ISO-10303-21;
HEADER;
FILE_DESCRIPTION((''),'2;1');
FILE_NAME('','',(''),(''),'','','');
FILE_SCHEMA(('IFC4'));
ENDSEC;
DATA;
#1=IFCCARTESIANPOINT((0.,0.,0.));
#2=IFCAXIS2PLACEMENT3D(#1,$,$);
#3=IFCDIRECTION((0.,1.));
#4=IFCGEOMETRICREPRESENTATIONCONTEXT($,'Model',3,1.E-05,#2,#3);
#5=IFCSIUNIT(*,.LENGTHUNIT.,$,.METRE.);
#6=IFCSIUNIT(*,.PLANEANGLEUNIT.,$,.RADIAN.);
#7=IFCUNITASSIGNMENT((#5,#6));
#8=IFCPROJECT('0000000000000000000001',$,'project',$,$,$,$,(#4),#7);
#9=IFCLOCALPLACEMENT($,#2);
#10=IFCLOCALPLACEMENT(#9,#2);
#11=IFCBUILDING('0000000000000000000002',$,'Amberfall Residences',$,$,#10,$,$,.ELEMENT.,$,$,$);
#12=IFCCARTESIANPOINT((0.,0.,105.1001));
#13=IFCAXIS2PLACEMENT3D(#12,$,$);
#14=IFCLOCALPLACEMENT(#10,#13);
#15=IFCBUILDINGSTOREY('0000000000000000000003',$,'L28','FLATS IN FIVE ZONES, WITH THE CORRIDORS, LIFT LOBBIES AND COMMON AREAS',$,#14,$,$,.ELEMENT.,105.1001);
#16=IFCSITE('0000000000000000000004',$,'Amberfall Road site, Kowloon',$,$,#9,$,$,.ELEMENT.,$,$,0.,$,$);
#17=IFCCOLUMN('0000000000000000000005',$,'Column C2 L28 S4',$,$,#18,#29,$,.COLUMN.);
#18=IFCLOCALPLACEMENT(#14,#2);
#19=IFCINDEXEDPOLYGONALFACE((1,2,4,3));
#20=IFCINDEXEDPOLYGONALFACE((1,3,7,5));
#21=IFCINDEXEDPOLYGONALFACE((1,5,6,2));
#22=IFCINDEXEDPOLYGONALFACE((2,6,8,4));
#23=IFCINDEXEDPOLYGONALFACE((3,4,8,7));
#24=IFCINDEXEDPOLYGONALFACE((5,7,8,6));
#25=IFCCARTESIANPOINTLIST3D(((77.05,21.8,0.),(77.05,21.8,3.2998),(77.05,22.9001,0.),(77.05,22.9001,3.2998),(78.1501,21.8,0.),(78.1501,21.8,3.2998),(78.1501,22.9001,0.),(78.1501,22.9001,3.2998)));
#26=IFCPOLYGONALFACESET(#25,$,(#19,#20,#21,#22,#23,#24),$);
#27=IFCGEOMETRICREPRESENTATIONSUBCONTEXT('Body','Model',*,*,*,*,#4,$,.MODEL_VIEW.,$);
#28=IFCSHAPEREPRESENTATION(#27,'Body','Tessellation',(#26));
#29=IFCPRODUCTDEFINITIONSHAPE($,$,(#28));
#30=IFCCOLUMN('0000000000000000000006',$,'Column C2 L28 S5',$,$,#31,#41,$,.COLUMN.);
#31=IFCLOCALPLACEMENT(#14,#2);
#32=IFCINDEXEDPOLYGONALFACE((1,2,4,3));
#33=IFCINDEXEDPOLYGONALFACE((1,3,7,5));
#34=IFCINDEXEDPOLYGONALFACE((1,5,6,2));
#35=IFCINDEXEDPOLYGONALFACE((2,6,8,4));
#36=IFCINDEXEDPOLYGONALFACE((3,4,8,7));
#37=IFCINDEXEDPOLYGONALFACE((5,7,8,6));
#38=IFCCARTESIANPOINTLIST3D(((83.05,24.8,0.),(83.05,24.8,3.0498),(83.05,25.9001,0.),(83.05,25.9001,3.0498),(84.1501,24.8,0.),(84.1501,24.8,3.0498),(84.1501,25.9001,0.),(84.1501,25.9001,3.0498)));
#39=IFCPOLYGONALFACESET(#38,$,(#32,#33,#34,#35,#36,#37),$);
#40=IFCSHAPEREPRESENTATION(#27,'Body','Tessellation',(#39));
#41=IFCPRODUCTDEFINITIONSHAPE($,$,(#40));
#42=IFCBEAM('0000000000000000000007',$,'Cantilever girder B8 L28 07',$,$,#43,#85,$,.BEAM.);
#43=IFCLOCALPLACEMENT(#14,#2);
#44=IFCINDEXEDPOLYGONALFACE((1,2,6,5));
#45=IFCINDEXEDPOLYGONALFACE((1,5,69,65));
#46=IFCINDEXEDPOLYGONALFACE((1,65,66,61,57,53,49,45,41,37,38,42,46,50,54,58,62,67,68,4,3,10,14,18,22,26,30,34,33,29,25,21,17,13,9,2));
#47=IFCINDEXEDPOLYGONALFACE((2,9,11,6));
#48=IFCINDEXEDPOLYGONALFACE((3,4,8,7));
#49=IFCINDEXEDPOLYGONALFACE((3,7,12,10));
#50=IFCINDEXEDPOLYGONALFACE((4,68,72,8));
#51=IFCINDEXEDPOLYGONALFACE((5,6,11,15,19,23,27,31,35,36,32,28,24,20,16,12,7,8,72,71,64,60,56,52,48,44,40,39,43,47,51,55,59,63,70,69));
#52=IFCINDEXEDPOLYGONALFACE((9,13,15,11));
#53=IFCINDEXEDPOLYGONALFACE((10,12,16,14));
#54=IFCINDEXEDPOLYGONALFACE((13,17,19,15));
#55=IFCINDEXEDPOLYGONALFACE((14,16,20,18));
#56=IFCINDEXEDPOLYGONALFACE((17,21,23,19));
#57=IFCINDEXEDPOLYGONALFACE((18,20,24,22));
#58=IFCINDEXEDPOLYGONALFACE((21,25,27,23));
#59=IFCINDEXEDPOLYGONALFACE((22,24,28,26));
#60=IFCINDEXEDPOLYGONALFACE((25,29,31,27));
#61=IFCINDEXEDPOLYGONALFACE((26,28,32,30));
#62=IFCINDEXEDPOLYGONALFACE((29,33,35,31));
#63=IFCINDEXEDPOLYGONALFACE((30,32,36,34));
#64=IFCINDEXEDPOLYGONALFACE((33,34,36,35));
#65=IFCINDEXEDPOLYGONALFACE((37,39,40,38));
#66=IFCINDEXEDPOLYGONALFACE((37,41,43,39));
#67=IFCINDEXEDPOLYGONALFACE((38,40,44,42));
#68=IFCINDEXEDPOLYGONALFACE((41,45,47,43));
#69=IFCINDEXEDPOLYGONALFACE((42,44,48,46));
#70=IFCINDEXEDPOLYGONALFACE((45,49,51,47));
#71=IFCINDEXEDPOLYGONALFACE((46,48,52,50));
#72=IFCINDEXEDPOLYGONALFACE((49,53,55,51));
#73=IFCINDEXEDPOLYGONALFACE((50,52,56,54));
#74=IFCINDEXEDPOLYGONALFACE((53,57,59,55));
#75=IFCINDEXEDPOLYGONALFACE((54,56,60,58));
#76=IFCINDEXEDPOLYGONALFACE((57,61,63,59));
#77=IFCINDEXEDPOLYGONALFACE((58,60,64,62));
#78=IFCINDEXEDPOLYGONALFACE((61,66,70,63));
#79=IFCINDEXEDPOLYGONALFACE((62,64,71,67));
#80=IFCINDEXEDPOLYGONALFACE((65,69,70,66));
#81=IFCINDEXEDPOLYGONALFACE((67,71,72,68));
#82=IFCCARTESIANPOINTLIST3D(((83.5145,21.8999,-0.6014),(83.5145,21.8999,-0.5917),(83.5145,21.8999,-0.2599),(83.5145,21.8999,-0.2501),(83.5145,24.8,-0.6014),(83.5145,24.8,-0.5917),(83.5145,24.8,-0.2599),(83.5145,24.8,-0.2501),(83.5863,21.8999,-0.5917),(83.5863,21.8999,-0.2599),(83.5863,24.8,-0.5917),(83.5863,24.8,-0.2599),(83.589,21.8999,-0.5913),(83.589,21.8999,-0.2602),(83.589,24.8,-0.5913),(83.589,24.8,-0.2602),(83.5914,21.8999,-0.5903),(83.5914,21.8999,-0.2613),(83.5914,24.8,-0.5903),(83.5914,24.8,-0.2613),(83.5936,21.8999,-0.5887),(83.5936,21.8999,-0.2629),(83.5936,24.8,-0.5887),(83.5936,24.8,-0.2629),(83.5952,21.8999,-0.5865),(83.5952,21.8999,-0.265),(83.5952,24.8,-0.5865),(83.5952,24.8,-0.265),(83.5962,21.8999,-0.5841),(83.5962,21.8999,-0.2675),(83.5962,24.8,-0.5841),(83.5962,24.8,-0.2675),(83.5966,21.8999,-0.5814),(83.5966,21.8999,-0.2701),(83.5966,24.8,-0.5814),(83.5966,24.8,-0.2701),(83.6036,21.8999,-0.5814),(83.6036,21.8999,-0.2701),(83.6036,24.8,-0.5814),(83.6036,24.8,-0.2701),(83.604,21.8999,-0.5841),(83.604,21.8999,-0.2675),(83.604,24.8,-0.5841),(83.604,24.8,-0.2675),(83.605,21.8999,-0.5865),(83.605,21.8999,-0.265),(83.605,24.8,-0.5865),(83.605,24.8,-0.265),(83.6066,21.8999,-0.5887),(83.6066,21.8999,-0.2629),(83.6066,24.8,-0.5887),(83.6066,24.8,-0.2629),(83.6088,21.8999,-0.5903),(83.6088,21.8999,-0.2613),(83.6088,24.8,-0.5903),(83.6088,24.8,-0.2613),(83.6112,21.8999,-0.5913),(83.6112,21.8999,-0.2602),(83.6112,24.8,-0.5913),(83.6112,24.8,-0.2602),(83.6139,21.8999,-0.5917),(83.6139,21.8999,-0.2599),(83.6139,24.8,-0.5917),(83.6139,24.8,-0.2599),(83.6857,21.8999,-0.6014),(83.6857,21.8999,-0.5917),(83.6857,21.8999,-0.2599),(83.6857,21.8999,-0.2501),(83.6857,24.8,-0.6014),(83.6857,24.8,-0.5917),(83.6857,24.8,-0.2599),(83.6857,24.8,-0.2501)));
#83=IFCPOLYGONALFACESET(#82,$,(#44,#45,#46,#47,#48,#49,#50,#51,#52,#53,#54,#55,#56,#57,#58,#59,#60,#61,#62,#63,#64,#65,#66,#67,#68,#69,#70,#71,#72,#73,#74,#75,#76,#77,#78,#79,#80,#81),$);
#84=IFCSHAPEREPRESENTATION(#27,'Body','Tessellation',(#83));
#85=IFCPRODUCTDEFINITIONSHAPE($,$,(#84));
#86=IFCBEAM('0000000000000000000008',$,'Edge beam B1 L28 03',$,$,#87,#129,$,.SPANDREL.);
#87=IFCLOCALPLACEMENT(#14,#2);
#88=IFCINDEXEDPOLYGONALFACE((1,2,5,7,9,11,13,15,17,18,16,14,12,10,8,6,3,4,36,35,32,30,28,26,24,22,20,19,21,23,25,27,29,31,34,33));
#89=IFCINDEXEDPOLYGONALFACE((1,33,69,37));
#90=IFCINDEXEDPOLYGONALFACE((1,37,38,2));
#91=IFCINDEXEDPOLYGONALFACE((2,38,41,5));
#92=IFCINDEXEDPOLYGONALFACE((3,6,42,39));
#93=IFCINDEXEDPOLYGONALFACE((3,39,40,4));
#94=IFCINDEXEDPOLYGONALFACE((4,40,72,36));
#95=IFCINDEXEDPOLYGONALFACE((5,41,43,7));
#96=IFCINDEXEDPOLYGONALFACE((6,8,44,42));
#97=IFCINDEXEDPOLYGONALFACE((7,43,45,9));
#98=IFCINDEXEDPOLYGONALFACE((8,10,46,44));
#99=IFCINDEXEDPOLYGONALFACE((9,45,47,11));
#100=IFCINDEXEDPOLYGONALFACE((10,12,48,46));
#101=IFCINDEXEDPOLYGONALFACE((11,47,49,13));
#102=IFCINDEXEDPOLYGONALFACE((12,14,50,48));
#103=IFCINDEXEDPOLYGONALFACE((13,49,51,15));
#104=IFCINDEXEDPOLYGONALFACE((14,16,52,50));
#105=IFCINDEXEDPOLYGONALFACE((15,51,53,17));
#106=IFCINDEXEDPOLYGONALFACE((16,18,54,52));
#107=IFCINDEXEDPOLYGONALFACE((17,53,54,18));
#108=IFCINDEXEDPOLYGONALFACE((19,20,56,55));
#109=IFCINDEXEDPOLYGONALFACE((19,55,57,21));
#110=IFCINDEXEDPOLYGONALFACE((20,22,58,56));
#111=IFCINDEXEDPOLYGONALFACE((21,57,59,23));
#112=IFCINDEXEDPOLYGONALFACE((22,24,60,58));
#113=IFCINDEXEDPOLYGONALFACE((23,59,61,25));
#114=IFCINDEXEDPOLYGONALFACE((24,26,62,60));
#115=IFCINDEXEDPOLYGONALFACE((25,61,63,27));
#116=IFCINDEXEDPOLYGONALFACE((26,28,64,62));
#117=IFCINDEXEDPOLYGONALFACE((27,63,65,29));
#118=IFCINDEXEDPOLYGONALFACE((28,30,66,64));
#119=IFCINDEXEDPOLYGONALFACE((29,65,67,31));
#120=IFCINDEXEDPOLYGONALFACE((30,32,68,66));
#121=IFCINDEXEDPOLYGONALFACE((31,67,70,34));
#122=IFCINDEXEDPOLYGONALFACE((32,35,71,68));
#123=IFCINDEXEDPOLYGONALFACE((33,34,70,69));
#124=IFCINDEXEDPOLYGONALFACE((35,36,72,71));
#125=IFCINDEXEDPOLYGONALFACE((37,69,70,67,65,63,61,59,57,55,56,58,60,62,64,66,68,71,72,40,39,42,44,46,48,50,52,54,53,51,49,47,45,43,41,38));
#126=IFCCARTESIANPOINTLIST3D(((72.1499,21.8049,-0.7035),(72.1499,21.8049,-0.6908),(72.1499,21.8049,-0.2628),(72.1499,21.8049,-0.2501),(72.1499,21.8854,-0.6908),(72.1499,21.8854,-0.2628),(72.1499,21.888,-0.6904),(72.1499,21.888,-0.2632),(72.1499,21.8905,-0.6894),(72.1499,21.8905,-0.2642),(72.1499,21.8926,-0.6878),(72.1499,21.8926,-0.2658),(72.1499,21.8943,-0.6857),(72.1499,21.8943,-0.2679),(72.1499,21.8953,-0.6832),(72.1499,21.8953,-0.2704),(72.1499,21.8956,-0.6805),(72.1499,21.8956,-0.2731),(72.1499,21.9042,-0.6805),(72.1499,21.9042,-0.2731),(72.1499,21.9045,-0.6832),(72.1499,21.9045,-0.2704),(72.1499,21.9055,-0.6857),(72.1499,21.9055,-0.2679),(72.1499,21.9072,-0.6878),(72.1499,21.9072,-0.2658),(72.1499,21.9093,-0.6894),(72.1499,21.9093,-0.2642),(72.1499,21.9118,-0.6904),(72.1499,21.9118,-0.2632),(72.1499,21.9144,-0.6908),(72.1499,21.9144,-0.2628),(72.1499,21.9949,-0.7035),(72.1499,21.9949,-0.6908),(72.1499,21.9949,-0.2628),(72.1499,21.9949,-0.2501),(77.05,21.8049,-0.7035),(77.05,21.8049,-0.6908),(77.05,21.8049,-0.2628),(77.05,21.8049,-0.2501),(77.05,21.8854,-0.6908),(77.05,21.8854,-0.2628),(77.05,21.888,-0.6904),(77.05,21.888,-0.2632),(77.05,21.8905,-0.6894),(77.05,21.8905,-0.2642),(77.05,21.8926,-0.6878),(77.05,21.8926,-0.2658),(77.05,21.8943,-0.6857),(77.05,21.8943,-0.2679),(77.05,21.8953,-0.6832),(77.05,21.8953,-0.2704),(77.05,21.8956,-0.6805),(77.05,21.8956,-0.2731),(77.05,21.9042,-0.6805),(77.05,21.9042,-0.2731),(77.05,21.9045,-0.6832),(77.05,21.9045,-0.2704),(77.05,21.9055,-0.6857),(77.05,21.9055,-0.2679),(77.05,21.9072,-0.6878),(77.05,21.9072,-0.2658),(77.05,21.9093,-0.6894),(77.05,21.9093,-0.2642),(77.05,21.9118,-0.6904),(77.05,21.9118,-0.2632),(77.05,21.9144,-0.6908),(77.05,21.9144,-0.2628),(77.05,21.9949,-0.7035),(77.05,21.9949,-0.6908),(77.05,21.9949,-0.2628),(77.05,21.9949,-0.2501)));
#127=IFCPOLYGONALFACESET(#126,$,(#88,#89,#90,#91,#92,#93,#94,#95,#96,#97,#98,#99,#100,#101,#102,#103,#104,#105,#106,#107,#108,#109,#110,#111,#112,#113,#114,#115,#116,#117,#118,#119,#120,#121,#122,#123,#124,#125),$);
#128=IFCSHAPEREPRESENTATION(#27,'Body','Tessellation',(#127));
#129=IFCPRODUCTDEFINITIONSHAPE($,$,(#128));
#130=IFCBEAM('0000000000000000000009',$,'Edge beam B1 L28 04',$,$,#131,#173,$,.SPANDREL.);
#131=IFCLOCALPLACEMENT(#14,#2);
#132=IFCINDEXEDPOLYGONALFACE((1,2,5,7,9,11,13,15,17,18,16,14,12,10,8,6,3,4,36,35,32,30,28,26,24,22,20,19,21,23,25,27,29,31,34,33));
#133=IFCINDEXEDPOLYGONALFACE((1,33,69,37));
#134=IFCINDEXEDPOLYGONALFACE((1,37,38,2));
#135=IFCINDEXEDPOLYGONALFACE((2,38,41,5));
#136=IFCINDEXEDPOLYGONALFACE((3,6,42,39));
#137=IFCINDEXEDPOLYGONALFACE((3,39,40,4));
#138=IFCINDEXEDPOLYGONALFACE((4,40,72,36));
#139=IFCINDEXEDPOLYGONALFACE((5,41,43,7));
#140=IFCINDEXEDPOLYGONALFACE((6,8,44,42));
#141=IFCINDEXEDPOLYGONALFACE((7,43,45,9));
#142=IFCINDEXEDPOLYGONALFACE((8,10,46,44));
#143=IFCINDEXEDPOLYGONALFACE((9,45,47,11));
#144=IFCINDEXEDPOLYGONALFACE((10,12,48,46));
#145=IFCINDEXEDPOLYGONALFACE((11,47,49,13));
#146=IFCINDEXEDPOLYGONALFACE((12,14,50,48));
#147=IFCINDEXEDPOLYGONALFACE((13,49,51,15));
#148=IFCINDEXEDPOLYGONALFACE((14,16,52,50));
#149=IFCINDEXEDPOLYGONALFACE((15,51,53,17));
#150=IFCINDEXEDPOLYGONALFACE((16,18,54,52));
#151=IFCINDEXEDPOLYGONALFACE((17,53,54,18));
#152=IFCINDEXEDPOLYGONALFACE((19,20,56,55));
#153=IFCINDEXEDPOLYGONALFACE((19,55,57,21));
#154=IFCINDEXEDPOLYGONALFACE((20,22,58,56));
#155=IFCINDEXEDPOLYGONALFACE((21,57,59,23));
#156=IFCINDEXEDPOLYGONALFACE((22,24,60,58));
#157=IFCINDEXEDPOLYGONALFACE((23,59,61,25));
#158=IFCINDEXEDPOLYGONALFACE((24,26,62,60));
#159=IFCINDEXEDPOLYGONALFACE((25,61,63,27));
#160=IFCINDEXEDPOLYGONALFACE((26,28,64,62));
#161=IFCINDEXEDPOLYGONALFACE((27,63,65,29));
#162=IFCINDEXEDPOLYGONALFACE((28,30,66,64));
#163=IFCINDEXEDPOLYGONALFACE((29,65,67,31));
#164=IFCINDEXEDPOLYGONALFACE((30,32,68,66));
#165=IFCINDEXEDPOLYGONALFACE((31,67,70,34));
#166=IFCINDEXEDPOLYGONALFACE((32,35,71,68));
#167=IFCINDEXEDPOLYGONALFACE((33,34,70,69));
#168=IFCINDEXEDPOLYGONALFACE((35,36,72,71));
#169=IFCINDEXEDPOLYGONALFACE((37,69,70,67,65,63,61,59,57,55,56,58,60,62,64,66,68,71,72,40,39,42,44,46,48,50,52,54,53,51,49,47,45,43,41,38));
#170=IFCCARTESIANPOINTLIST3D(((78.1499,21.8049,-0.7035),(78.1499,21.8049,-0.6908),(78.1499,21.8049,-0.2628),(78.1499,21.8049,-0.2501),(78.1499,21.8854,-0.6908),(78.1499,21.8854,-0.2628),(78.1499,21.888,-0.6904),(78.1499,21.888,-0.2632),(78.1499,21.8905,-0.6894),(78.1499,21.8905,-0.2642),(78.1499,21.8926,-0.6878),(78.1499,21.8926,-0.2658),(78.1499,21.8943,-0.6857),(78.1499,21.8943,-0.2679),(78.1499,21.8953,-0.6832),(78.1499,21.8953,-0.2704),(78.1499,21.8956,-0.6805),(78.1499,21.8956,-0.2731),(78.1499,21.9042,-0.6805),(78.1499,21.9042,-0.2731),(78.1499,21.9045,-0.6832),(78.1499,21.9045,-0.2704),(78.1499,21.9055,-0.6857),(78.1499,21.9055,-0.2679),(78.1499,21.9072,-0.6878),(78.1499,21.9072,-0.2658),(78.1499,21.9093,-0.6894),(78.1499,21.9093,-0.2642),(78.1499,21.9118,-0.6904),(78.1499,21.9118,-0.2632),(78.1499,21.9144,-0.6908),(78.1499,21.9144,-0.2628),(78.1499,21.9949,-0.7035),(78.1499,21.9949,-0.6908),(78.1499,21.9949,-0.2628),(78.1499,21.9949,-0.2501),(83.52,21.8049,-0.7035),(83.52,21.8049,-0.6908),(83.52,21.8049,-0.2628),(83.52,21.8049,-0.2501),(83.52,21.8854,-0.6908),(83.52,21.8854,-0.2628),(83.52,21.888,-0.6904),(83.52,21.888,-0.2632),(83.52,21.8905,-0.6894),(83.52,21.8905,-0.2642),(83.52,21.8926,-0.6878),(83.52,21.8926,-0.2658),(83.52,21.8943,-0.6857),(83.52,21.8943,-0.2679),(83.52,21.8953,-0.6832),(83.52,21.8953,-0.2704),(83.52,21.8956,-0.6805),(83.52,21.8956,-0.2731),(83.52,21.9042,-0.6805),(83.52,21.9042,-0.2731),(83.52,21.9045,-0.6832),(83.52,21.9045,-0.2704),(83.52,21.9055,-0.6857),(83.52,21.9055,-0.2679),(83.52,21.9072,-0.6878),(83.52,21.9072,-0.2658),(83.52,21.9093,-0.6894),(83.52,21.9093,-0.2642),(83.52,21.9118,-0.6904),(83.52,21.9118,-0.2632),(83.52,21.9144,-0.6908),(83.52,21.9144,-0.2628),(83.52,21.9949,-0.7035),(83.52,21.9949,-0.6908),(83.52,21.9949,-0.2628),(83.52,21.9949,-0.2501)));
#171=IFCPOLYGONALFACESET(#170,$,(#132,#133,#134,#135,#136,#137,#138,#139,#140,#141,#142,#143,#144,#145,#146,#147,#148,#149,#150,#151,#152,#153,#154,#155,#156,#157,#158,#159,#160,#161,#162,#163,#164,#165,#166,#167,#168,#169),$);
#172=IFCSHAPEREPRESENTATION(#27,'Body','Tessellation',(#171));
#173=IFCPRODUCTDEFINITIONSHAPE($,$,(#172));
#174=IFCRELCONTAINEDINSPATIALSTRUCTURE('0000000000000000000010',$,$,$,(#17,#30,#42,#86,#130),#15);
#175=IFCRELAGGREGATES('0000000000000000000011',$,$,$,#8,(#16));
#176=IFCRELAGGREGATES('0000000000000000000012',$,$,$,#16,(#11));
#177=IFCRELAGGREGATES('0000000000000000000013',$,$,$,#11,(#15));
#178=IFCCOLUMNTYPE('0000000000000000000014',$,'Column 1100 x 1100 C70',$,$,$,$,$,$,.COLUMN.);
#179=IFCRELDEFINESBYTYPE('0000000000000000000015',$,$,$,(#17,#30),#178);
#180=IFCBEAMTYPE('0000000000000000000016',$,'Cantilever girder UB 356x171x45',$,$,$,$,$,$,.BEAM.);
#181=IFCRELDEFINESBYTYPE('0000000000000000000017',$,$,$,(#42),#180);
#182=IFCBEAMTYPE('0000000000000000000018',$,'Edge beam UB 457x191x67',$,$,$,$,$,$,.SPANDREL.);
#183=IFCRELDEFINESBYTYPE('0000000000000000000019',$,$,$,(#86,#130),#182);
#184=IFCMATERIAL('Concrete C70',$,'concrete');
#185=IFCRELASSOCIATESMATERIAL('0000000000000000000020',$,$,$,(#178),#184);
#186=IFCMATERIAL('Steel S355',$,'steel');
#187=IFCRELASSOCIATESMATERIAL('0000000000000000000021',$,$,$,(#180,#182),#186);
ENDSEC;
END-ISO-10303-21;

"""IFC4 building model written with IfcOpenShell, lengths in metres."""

from ifc_helpers import new_model, si_unit, direction, frame, origin, origin_2d, place, context, subcontext, project, spatial, rectangle, i_section, extrude, material, material_profile, profile_set, type_object, element, save


model = new_model("IFC4")

# Units and contexts
model_context = context("Model", 3, precision=1e-05, world=origin(), true_north=direction((0.0, 1.0)))
body_context = subcontext(model_context, "Body", "Model", "MODEL_VIEW")
ifc_project = project(units=[si_unit("LENGTHUNIT", "METRE"), si_unit("PLANEANGLEUNIT", "RADIAN")], contexts=[model_context])

# Site, building, storey
site_placement = place(None, origin())
site = spatial("IfcSite", under=ifc_project, at=site_placement, Name="Amberfall Road site, Kowloon", CompositionType="ELEMENT", RefElevation=0.0)
building_placement = place(site_placement, origin())
building = spatial("IfcBuilding", under=site, at=building_placement, Name="Amberfall Residences", CompositionType="ELEMENT")
storey_placement = place(building_placement, frame((0.0, 0.0, 105.1001)))
storey = spatial("IfcBuildingStorey", under=building, at=storey_placement, Name="L28", Description="FLATS IN FIVE ZONES, WITH THE CORRIDORS, LIFT LOBBIES AND COMMON AREAS", CompositionType="ELEMENT", Elevation=105.1001)

# Columns
ifc_material_1 = material(Name="Concrete C70", Category="concrete")
ifc_material_profile_1 = material_profile(ifc_material_1, rectangle(XDim=1.1001, YDim=1.1001, at=origin_2d()), Name="Column 1100 x 1100 C70")
ifc_profile_set_1 = profile_set([ifc_material_profile_1], Name="Concrete C70")
column_type = type_object("IfcColumnType", Name="Column 1100 x 1100 C70", PredefinedType="COLUMN", material=ifc_profile_set_1)
column_1_placement = place(storey_placement, frame((77.6001, 22.3501, 0.0), z_axis=(0.0, 0.0, 1.0), x_axis=(1.0, 0.0, 0.0)))
element("IfcColumn", 1, at=column_1_placement, inside=storey, type_object=column_type, Name="Column C2 L28 S4", PredefinedType="COLUMN", context=body_context, shape_type="SweptSolid", body=[
    extrude(rectangle(XDim=1.1001, YDim=1.1001, at=origin_2d()), origin(), (0.0, 0.0, 1.0), 3.2998),
])
column_2_placement = place(storey_placement, frame((83.6001, 25.3501, 0.0), z_axis=(0.0, 0.0, 1.0), x_axis=(1.0, 0.0, 0.0)))
element("IfcColumn", 2, at=column_2_placement, inside=storey, type_object=column_type, Name="Column C2 L28 S5", PredefinedType="COLUMN", context=body_context, shape_type="SweptSolid", body=[
    extrude(rectangle(XDim=1.1001, YDim=1.1001, at=origin_2d()), origin(), (0.0, 0.0, 1.0), 3.0498),
])

# Beams
ifc_material_2 = material(Name="Steel S355", Category="steel")
ifc_material_profile_2 = material_profile(ifc_material_2, i_section(OverallWidth=0.1711, OverallDepth=0.3513, WebThickness=0.0071, FlangeThickness=0.0098, FilletRadius=0.0103, at=origin_2d()), Name="UB 356x171x45")
ifc_profile_set_2 = profile_set([ifc_material_profile_2], Name="Steel S355")
beam_type_1 = type_object("IfcBeamType", Name="Cantilever girder UB 356x171x45", PredefinedType="BEAM", material=ifc_profile_set_2)
beam_1_placement = place(storey_placement, frame((83.6001, 24.8, -0.4258), z_axis=(0.0, -1.0, 0.0), x_axis=(1.0, 0.0, 0.0)))
element("IfcBeam", 3, at=beam_1_placement, inside=storey, type_object=beam_type_1, Name="Cantilever girder B8 L28 07", PredefinedType="BEAM", context=body_context, shape_type="SweptSolid", body=[
    extrude(i_section(OverallWidth=0.1711, OverallDepth=0.3513, WebThickness=0.0071, FlangeThickness=0.0098, FilletRadius=0.0103, at=origin_2d()), origin(), (0.0, 0.0, 1.0), 2.9001),
])
ifc_material_profile_3 = material_profile(ifc_material_2, i_section(OverallWidth=0.1899, OverallDepth=0.4534, WebThickness=0.0085, FlangeThickness=0.0127, FilletRadius=0.0103, at=origin_2d()), Name="UB 457x191x67")
ifc_profile_set_3 = profile_set([ifc_material_profile_3], Name="Steel S355")
beam_type_2 = type_object("IfcBeamType", Name="Edge beam UB 457x191x67", PredefinedType="SPANDREL", material=ifc_profile_set_3)
beam_2_placement = place(storey_placement, frame((72.1499, 21.8999, -0.4768), z_axis=(1.0, 0.0, 0.0), x_axis=(0.0, 1.0, 0.0)))
element("IfcBeam", 4, at=beam_2_placement, inside=storey, type_object=beam_type_2, Name="Edge beam B1 L28 03", PredefinedType="SPANDREL", context=body_context, shape_type="SweptSolid", body=[
    extrude(i_section(OverallWidth=0.1899, OverallDepth=0.4534, WebThickness=0.0085, FlangeThickness=0.0127, FilletRadius=0.0103, at=origin_2d()), origin(), (0.0, 0.0, 1.0), 4.9001),
])
beam_3_placement = place(storey_placement, frame((78.1499, 21.8999, -0.4768), z_axis=(1.0, 0.0, 0.0), x_axis=(0.0, 1.0, 0.0)))
element("IfcBeam", 5, at=beam_3_placement, inside=storey, type_object=beam_type_2, Name="Edge beam B1 L28 04", PredefinedType="SPANDREL", context=body_context, shape_type="SweptSolid", body=[
    extrude(i_section(OverallWidth=0.1899, OverallDepth=0.4534, WebThickness=0.0085, FlangeThickness=0.0127, FilletRadius=0.0103, at=origin_2d()), origin(), (0.0, 0.0, 1.0), 5.3701),
])

save(model, "model.ifc")
